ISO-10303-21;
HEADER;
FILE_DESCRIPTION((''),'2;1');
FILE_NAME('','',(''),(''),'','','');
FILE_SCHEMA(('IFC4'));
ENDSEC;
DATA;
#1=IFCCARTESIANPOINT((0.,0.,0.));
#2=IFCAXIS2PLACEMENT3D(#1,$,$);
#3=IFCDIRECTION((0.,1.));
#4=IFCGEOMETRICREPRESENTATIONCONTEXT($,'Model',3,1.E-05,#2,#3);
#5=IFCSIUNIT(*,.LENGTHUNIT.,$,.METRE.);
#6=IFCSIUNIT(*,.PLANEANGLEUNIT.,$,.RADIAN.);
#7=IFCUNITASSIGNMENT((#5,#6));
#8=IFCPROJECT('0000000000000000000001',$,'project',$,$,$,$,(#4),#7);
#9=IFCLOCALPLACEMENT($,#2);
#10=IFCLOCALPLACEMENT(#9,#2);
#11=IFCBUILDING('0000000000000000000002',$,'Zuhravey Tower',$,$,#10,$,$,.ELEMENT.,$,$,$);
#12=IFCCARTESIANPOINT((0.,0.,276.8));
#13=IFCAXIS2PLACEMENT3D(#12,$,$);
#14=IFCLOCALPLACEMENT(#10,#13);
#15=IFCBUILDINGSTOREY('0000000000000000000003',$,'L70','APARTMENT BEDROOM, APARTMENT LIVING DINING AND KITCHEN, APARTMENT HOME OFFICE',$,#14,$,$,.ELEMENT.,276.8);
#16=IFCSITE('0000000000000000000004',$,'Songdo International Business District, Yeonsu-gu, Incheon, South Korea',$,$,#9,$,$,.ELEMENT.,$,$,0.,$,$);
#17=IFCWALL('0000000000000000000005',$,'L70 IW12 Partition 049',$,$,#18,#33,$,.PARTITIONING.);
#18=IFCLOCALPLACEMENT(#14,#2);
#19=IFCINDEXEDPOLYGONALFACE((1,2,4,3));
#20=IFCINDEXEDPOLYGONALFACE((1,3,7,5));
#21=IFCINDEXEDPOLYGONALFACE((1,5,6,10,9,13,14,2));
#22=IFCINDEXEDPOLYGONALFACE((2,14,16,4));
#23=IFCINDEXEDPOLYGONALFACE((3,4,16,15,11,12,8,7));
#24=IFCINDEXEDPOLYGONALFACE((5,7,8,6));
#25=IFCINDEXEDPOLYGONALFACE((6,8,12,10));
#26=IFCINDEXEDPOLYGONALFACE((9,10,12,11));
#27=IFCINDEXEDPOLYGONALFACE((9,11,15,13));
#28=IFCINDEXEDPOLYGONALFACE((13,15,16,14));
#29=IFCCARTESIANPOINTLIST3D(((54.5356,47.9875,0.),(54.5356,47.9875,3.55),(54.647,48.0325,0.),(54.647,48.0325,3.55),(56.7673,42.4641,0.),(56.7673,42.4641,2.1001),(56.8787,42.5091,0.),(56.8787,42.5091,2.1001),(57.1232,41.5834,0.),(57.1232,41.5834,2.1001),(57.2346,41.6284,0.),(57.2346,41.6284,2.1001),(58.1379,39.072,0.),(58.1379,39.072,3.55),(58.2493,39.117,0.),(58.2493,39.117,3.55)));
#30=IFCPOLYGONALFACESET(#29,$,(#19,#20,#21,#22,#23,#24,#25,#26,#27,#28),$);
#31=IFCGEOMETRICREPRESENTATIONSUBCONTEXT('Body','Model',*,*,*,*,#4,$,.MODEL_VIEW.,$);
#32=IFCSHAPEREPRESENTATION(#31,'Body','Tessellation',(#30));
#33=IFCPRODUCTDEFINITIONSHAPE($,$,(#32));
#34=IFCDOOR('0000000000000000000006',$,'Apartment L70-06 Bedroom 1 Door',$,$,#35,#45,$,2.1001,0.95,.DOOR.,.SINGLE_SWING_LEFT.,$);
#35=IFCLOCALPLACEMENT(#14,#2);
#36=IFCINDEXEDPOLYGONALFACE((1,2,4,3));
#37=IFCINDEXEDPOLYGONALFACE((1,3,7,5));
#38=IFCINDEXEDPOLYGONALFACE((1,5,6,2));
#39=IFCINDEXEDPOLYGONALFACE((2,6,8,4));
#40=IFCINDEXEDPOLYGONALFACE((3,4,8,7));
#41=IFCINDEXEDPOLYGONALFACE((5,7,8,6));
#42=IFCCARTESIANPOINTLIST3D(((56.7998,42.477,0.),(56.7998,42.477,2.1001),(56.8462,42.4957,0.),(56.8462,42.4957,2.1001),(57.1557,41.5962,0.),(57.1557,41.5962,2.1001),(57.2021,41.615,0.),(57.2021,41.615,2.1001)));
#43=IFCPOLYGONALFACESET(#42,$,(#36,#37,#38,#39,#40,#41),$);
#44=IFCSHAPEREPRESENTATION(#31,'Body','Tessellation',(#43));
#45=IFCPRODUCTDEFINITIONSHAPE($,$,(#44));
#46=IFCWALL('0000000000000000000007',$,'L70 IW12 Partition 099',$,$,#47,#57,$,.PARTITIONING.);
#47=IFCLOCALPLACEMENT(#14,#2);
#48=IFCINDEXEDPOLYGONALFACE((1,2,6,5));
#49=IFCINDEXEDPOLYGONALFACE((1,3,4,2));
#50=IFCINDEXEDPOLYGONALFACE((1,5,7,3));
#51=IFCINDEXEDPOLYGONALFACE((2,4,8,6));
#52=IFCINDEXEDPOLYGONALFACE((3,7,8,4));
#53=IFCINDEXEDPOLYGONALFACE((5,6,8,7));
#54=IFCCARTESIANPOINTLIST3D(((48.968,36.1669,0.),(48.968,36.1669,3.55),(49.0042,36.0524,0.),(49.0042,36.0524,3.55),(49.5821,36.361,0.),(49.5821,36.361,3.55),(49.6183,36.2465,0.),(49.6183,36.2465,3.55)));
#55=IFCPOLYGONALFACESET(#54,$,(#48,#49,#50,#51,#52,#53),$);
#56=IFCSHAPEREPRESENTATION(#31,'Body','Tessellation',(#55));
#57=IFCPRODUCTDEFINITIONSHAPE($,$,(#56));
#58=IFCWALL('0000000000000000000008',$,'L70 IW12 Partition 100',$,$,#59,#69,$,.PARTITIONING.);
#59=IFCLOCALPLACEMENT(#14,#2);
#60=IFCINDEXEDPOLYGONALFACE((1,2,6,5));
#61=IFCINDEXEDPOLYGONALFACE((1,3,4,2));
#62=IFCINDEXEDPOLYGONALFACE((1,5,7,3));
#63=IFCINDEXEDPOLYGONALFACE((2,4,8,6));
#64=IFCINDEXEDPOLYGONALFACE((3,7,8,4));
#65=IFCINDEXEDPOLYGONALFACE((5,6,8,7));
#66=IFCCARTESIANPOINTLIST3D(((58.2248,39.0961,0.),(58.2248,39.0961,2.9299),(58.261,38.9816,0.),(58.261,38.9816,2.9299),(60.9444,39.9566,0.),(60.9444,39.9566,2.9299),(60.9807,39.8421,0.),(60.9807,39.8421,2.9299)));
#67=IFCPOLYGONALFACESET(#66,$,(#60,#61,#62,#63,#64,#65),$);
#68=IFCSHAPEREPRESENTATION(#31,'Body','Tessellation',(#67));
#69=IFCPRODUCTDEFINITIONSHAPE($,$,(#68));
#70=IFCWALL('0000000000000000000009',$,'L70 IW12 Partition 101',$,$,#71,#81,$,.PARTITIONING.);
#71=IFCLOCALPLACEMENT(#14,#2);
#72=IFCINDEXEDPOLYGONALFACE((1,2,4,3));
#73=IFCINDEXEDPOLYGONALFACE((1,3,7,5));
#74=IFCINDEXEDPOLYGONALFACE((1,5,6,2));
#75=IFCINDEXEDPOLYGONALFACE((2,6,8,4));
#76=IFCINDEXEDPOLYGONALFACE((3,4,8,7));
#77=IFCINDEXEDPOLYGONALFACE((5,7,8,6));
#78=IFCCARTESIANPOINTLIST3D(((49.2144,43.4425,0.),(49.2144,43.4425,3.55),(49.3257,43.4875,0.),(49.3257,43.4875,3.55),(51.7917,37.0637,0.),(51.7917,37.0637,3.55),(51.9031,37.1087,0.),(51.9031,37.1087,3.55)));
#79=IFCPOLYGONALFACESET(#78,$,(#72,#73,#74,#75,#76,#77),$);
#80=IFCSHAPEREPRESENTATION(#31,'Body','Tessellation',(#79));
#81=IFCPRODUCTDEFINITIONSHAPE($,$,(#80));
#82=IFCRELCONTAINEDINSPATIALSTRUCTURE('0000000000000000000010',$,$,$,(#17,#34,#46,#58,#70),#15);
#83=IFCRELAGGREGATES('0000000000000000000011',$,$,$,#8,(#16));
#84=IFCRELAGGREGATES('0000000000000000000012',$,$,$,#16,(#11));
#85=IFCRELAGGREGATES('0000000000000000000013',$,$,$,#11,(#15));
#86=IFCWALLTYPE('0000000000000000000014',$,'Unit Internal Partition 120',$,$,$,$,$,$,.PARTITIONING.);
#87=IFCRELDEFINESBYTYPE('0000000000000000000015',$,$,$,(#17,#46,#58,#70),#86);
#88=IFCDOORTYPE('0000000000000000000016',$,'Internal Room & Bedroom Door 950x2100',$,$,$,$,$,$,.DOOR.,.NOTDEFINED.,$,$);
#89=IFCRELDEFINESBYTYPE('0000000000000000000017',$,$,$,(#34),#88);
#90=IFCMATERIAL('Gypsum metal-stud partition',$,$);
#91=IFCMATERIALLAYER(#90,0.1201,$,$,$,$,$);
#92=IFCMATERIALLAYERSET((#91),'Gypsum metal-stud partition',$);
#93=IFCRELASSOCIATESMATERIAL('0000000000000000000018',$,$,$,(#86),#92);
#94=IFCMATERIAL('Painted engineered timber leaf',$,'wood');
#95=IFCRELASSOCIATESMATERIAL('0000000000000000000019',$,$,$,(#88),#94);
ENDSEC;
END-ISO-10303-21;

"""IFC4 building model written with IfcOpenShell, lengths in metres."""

from ifc_helpers import new_model, si_unit, direction, frame, frame_2d, origin, place, context, subcontext, project, spatial, rectangle, extrude, material, layer, layer_set, type_object, element, fill, save


model = new_model("IFC4")

# Units and contexts
model_context = context("Model", 3, precision=1e-05, world=origin(), true_north=direction((0.0, 1.0)))
body_context = subcontext(model_context, "Body", "Model", "MODEL_VIEW")
ifc_project = project(units=[si_unit("LENGTHUNIT", "METRE"), si_unit("PLANEANGLEUNIT", "RADIAN")], contexts=[model_context])

# Site, building, storey
site_placement = place(None, origin())
site = spatial("IfcSite", under=ifc_project, at=site_placement, Name="Songdo International Business District, Yeonsu-gu, Incheon, South Korea", CompositionType="ELEMENT", RefElevation=0.0)
building_placement = place(site_placement, origin())
building = spatial("IfcBuilding", under=site, at=building_placement, Name="Zuhravey Tower", CompositionType="ELEMENT")
storey_placement = place(building_placement, frame((0.0, 0.0, 276.8)))
storey = spatial("IfcBuildingStorey", under=building, at=storey_placement, Name="L70", Description="APARTMENT BEDROOM, APARTMENT LIVING DINING AND KITCHEN, APARTMENT HOME OFFICE", CompositionType="ELEMENT", Elevation=276.8)

# Wall, opening, door
ifc_material_1 = material(Name="Gypsum metal-stud partition")
ifc_layer_1 = layer(ifc_material_1, 0.1201)
ifc_layer_set_1 = layer_set([ifc_layer_1], Name="Gypsum metal-stud partition")
wall_type_1 = type_object("IfcWallType", Name="Unit Internal Partition 120", PredefinedType="PARTITIONING", material=ifc_layer_set_1)
ifc_material_2 = material(Name="Painted engineered timber leaf", Category="wood")
door_type_1 = type_object("IfcDoorType", Name="Internal Room & Bedroom Door 950x2100", OperationType="NOTDEFINED", PredefinedType="DOOR", material=ifc_material_2)
wall_1_placement = place(storey_placement, frame((58.1936, 39.0945, 0.0), z_axis=(0.0, 0.0, 1.0), x_axis=(-0.374623, 0.927177, 0.0)))
wall_1 = element("IfcWall", 1, at=wall_1_placement, inside=storey, type_object=wall_type_1, Name="L70 IW12 Partition 049", PredefinedType="PARTITIONING", context=body_context, shape_type="SweptSolid", body=[
    extrude(rectangle(XDim=9.6157, YDim=0.1201, at=frame_2d((4.8079, 0.0))), origin(), (0.0, 0.0, 1.0), 3.55),
])
opening_1_placement = place(wall_1_placement, frame((2.7085, 0.0, 0.0)))
opening_1 = element("IfcOpeningElement", 2, at=opening_1_placement, cuts=wall_1, PredefinedType="OPENING", context=body_context, shape_type="SweptSolid", body=[
    extrude(rectangle(XDim=0.95, YDim=2.1001, at=frame_2d((0.4751, 1.05))), frame((0.0, 0.072, 0.0), z_axis=(0.0, -1.0, 0.0), x_axis=(1.0, 0.0, 0.0)), (0.0, 0.0, 1.0), 0.144),
])
door_1_placement = place(opening_1_placement, frame((0.95, 0.0, 0.0), z_axis=(0.0, 0.0, 1.0), x_axis=(-1.0, 0.0, 0.0)))
door_1 = element("IfcDoor", 3, at=door_1_placement, inside=storey, type_object=door_type_1, Name="Apartment L70-06 Bedroom 1 Door", OperationType="SINGLE_SWING_LEFT", OverallHeight=2.1001, OverallWidth=0.95, PredefinedType="DOOR", context=body_context, shape_type="SweptSolid", body=[
    extrude(rectangle(XDim=0.95, YDim=2.1001, at=frame_2d((0.4751, 1.05))), frame((0.0, 0.0249, 0.0), z_axis=(0.0, -1.0, 0.0), x_axis=(1.0, 0.0, 0.0)), (0.0, 0.0, 1.0), 0.05),
])
fill(opening_1, door_1)

# Walls
wall_2_placement = place(storey_placement, frame((48.9861, 36.1096, 0.0), z_axis=(0.0, 0.0, 1.0), x_axis=(0.953497, 0.301404, 0.0)))
element("IfcWall", 4, at=wall_2_placement, inside=storey, type_object=wall_type_1, Name="L70 IW12 Partition 099", PredefinedType="PARTITIONING", context=body_context, shape_type="SweptSolid", body=[
    extrude(rectangle(XDim=0.644, YDim=0.1201, at=frame_2d((0.322, 0.0))), origin(), (0.0, 0.0, 1.0), 3.55),
])
wall_3_placement = place(storey_placement, frame((58.2429, 39.0388, 0.0), z_axis=(0.0, 0.0, 1.0), x_axis=(0.953408, 0.301684, 0.0)))
element("IfcWall", 5, at=wall_3_placement, inside=storey, type_object=wall_type_1, Name="L70 IW12 Partition 100", PredefinedType="PARTITIONING", context=body_context, shape_type="SweptSolid", body=[
    extrude(rectangle(XDim=2.8525, YDim=0.1201, at=frame_2d((1.4263, 0.0))), origin(), (0.0, 0.0, 1.0), 2.9299),
])
wall_4_placement = place(storey_placement, frame((51.8474, 37.0862, 0.0), z_axis=(0.0, 0.0, 1.0), x_axis=(-0.374625, 0.927176, 0.0)))
element("IfcWall", 6, at=wall_4_placement, inside=storey, type_object=wall_type_1, Name="L70 IW12 Partition 101", PredefinedType="PARTITIONING", context=body_context, shape_type="SweptSolid", body=[
    extrude(rectangle(XDim=6.8799, YDim=0.1201, at=frame_2d((3.4399, 0.0))), origin(), (0.0, 0.0, 1.0), 3.55),
])

save(model, "model.ifc")
